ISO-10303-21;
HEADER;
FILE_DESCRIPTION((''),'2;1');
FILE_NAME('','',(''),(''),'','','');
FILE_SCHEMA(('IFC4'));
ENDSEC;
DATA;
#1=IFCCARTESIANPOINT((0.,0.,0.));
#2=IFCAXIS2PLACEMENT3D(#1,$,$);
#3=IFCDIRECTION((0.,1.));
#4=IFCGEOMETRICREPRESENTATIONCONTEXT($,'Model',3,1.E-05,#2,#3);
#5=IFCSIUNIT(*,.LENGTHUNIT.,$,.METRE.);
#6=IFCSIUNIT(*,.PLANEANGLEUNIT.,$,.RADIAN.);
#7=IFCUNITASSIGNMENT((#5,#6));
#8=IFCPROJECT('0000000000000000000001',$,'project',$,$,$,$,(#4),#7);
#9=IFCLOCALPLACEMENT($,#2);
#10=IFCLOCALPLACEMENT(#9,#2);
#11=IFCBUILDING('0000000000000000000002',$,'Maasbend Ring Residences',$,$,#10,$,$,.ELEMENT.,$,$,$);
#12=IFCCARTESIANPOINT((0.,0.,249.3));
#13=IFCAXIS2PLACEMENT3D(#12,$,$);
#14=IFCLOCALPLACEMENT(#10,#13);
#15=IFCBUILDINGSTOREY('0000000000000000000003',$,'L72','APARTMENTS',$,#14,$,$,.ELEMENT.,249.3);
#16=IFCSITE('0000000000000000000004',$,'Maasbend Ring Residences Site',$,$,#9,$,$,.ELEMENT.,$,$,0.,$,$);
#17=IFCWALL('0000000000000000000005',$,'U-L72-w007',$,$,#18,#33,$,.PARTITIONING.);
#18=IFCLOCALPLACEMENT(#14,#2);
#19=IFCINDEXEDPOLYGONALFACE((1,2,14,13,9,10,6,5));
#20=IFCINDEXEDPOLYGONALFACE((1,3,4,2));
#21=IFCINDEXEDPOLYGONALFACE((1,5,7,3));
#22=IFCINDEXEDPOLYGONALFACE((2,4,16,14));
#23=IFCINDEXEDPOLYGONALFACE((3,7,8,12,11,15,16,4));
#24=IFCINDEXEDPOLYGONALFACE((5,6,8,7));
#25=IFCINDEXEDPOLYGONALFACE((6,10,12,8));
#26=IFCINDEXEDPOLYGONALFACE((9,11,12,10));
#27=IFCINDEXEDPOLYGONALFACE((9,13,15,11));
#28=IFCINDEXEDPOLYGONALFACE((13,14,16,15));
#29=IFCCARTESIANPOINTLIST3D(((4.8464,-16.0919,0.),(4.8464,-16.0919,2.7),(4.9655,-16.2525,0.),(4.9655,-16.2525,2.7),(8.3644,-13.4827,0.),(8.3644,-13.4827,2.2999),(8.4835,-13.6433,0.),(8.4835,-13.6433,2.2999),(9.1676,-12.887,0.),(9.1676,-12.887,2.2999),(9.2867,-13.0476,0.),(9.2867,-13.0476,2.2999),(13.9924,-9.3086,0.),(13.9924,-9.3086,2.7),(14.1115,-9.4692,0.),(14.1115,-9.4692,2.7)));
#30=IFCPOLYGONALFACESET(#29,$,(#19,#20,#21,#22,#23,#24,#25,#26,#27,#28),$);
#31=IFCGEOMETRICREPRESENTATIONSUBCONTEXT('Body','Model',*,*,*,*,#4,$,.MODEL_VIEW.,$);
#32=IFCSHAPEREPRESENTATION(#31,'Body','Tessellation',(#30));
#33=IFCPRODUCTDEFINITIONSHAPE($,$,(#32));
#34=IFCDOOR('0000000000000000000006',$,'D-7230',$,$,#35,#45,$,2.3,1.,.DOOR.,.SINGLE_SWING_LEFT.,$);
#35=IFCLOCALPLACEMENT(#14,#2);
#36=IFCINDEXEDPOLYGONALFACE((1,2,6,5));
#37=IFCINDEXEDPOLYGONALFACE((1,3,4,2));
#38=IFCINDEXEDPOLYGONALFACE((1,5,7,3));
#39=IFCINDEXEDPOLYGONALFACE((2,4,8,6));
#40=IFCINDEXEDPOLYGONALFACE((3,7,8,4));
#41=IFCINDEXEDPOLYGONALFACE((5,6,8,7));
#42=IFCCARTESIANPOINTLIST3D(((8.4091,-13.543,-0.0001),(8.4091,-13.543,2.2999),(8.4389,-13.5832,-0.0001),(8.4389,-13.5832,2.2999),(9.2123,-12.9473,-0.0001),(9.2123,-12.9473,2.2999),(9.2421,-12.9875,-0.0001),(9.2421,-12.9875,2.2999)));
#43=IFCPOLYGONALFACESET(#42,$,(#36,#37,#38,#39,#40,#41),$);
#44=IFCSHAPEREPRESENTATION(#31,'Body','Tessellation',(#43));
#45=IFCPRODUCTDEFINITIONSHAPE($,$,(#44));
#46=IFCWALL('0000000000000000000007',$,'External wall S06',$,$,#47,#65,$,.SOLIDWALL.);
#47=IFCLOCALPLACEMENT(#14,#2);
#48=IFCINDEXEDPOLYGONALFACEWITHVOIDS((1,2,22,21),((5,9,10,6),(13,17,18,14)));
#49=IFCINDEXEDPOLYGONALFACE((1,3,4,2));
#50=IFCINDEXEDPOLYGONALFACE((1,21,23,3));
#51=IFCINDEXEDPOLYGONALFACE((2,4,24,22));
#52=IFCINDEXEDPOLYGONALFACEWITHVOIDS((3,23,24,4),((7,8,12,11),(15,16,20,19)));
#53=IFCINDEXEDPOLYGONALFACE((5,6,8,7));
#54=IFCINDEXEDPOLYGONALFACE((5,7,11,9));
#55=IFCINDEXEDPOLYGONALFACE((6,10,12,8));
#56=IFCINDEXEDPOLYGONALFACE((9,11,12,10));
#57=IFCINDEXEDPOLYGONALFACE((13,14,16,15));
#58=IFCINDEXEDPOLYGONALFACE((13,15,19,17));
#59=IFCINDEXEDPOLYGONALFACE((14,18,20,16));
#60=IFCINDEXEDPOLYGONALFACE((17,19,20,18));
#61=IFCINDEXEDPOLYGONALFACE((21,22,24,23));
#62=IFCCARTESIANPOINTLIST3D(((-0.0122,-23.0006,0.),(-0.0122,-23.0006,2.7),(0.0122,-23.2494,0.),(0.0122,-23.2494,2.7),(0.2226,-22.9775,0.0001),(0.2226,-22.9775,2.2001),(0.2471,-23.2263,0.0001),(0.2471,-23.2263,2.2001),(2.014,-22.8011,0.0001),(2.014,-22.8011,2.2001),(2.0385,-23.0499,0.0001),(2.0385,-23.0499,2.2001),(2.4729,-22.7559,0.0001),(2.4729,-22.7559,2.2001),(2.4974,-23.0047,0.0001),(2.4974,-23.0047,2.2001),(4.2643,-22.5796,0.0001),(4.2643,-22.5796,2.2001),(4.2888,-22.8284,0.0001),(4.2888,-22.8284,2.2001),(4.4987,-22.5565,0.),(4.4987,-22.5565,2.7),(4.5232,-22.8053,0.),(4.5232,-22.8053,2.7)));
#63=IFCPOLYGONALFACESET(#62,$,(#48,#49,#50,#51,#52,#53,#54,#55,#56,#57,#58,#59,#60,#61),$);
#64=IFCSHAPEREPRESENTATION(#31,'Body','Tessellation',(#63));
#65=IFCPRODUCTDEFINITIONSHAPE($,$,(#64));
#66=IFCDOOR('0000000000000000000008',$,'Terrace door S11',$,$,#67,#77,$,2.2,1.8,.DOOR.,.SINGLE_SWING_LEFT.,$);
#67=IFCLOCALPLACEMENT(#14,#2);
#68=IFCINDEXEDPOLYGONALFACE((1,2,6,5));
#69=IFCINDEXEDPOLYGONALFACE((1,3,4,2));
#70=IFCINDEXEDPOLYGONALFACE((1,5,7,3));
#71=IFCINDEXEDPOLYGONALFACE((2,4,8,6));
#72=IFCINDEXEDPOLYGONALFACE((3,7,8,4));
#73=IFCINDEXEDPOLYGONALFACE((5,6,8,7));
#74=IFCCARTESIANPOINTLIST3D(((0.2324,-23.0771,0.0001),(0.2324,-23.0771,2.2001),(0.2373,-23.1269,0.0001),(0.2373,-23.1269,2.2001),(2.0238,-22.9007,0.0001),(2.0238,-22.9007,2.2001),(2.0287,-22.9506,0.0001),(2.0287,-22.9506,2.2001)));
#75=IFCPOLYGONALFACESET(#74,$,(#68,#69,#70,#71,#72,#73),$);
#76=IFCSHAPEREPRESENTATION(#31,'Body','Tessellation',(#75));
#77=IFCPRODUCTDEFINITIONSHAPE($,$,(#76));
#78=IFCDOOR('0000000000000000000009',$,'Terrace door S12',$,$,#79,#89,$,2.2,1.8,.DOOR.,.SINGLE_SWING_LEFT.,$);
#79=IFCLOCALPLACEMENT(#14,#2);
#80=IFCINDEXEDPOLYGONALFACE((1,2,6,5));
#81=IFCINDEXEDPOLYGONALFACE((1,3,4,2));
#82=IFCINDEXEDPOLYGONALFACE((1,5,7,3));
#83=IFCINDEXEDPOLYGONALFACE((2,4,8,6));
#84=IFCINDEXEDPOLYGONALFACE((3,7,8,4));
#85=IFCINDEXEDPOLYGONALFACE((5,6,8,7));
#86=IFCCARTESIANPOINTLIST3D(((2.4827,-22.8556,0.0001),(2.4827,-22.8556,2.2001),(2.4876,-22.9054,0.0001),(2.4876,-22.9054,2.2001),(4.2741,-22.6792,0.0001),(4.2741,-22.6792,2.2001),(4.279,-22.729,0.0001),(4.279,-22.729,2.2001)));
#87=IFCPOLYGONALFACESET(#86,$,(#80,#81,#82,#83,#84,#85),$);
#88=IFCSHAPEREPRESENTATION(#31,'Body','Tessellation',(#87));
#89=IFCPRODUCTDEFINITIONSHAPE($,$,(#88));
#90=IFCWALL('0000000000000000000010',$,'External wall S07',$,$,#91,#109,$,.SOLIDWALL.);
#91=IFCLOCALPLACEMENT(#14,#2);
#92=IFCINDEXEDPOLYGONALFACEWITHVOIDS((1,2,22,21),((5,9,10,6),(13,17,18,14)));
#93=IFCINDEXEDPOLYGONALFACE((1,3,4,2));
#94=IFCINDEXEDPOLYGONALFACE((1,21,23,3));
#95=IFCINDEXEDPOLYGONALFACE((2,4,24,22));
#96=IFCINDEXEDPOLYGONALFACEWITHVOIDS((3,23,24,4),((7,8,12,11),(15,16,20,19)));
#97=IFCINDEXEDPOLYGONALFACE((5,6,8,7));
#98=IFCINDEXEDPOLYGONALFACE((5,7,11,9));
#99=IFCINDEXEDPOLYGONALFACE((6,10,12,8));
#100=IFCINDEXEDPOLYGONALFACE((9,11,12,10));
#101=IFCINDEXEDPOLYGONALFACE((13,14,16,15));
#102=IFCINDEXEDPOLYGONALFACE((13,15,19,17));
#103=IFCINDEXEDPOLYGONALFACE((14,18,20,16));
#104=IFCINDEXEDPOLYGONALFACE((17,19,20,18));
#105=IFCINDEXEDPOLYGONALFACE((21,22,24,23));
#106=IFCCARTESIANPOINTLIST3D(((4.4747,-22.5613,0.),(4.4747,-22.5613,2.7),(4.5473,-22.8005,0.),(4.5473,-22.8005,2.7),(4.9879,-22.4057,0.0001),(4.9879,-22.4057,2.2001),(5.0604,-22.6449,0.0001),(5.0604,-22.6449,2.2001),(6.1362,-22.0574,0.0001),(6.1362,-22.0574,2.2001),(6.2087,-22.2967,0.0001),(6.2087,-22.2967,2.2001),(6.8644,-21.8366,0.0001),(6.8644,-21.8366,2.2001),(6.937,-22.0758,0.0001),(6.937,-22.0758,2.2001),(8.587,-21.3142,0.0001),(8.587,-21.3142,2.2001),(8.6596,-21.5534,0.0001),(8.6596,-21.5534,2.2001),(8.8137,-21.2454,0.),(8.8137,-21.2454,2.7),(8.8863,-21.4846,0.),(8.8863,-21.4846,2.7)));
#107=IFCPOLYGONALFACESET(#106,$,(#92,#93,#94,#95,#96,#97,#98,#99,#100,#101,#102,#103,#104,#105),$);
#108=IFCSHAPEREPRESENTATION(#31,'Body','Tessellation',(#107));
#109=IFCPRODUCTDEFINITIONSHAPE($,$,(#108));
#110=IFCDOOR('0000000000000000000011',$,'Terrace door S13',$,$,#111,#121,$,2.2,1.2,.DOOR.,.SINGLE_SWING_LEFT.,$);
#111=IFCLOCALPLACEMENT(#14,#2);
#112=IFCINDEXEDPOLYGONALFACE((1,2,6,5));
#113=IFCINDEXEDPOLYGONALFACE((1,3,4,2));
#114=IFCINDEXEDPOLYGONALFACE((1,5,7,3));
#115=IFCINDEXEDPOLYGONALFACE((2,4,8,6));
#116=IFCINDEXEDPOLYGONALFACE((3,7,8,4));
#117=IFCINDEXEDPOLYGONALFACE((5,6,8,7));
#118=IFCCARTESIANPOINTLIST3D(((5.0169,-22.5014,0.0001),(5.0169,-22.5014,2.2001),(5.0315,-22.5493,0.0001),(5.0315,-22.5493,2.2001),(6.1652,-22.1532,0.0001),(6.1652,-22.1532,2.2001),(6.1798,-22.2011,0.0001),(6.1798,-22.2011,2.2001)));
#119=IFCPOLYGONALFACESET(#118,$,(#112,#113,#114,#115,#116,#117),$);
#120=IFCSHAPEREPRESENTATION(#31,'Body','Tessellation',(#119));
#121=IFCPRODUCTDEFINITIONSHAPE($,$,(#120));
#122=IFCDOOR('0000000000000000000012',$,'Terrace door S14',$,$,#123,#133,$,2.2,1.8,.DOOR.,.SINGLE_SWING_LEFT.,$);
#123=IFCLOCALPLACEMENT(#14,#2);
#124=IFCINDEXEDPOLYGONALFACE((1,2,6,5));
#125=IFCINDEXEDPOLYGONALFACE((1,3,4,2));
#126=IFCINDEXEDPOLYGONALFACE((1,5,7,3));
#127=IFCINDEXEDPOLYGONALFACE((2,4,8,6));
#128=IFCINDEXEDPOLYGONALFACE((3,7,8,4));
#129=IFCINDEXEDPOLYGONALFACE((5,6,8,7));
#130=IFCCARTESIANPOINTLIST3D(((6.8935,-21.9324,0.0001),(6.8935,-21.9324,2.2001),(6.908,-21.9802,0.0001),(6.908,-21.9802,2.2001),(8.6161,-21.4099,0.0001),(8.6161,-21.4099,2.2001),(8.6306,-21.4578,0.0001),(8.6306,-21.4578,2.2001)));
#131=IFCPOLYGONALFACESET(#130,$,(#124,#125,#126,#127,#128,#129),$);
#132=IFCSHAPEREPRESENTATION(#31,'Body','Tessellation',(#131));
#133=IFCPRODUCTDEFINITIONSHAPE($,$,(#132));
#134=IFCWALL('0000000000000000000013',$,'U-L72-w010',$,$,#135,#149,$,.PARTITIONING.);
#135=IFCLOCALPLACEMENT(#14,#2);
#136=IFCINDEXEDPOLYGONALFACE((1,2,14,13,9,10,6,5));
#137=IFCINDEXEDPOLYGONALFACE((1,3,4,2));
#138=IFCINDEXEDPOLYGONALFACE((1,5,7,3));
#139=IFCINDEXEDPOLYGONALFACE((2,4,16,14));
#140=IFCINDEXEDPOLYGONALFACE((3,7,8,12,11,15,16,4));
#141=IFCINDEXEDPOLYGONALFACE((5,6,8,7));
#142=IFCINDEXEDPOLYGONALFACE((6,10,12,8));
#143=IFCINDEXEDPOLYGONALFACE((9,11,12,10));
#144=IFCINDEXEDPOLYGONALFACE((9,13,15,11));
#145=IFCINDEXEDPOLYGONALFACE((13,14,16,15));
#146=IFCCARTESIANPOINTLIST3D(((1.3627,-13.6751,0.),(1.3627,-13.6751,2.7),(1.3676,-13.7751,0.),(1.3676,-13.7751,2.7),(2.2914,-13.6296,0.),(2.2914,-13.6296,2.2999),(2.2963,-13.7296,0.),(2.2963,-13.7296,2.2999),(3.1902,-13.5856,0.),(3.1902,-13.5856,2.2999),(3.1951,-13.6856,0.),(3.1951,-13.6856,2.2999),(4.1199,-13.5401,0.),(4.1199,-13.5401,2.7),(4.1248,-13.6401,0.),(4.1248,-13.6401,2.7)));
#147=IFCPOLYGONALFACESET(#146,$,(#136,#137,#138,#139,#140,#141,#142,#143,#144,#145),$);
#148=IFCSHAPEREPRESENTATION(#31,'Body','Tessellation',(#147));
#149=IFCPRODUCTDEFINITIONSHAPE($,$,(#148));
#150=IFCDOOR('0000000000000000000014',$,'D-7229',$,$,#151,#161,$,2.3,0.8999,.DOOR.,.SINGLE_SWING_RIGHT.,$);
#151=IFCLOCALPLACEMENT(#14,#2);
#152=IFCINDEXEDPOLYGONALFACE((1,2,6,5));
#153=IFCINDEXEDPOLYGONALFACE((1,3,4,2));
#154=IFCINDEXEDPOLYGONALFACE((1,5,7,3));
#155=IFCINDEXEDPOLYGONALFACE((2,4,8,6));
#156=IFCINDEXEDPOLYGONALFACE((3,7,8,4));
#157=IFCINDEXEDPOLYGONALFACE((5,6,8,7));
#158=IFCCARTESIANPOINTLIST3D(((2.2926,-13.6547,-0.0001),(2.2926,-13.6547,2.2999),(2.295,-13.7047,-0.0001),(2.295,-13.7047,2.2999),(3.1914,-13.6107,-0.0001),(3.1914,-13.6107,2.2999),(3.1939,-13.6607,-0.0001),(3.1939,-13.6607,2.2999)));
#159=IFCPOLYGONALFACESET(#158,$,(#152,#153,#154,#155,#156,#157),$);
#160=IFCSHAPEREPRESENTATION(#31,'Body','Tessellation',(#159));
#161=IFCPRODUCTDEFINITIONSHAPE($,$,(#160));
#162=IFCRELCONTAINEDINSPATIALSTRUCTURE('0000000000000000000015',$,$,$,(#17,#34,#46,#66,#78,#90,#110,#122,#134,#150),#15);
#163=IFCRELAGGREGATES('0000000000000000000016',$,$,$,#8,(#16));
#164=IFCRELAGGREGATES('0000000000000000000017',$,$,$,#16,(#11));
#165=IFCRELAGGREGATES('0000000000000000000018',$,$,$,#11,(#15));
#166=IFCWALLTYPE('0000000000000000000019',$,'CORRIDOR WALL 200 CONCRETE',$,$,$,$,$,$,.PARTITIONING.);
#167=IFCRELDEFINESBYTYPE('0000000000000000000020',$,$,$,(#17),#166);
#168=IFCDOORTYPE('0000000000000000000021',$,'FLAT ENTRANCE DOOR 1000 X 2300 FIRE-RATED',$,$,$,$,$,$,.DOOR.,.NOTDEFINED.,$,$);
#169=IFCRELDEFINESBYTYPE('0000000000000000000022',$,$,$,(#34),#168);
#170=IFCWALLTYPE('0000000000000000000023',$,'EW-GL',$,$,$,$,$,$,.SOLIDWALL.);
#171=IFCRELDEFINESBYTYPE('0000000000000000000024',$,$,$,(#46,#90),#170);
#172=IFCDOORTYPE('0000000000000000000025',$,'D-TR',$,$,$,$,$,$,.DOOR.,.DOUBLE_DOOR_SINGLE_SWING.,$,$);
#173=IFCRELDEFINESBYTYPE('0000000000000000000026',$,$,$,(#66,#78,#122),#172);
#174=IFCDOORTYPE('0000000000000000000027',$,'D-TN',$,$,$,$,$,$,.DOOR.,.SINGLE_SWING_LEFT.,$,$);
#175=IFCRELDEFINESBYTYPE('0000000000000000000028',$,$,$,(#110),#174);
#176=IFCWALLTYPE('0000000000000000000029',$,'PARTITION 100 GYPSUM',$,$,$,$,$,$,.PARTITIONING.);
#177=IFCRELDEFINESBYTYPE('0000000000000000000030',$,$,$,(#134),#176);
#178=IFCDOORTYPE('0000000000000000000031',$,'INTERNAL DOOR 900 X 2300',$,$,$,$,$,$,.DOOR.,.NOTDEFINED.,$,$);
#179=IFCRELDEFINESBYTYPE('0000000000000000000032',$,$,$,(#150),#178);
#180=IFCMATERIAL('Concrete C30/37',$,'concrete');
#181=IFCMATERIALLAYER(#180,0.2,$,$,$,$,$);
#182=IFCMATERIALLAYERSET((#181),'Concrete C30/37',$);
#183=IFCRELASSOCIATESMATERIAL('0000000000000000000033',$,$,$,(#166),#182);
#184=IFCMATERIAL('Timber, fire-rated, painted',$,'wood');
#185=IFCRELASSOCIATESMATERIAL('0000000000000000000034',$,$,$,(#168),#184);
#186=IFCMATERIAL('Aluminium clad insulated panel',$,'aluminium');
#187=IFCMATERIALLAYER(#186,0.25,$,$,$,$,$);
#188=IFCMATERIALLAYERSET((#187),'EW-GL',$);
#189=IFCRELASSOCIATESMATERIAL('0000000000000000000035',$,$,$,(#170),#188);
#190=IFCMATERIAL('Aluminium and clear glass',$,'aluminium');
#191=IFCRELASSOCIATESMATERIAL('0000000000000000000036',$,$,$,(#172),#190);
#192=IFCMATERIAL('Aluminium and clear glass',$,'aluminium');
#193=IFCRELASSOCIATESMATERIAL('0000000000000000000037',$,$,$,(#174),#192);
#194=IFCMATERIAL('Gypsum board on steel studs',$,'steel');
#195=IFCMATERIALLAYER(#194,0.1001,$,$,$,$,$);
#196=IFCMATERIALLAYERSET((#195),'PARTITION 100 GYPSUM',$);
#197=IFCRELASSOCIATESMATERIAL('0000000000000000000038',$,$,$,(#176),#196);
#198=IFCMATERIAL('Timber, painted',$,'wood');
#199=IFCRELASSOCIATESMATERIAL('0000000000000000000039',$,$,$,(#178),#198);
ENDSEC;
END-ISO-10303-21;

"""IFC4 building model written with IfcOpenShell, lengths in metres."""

from ifc_helpers import new_model, si_unit, direction, frame, frame_2d, origin, place, context, subcontext, project, spatial, rectangle, extrude, material, layer, layer_set, type_object, element, fill, save


model = new_model("IFC4")

# Units and contexts
model_context = context("Model", 3, precision=1e-05, world=origin(), true_north=direction((0.0, 1.0)))
body_context = subcontext(model_context, "Body", "Model", "MODEL_VIEW")
ifc_project = project(units=[si_unit("LENGTHUNIT", "METRE"), si_unit("PLANEANGLEUNIT", "RADIAN")], contexts=[model_context])

# Site, building, storey
site_placement = place(None, origin())
site = spatial("IfcSite", under=ifc_project, at=site_placement, Name="Maasbend Ring Residences Site", CompositionType="ELEMENT", RefElevation=0.0)
building_placement = place(site_placement, origin())
building = spatial("IfcBuilding", under=site, at=building_placement, Name="Maasbend Ring Residences", CompositionType="ELEMENT")
storey_placement = place(building_placement, frame((0.0, 0.0, 249.3)))
storey = spatial("IfcBuildingStorey", under=building, at=storey_placement, Name="L72", Description="APARTMENTS", CompositionType="ELEMENT", Elevation=249.3)

# Wall, opening, door
ifc_material_1 = material(Name="Concrete C30/37", Category="concrete")
ifc_layer_1 = layer(ifc_material_1, 0.2)
ifc_layer_set_1 = layer_set([ifc_layer_1], Name="Concrete C30/37")
wall_type_1 = type_object("IfcWallType", Name="CORRIDOR WALL 200 CONCRETE", PredefinedType="PARTITIONING", material=ifc_layer_set_1)
wall_1_placement = place(storey_placement, frame((4.906, -16.1721, 0.0), z_axis=(0.0, 0.0, 1.0), x_axis=(0.803205, 0.595703, 0.0)))
wall_1 = element("IfcWall", 1, at=wall_1_placement, inside=storey, type_object=wall_type_1, Name="U-L72-w007", PredefinedType="PARTITIONING", context=body_context, shape_type="SweptSolid", body=[
    extrude(rectangle(XDim=11.387, YDim=0.2, at=frame_2d((5.6934, 0.0))), origin(), (0.0, 0.0, 1.0), 2.7),
])
opening_1_placement = place(wall_1_placement, frame((4.3799, 0.0, 0.0)))
opening_1 = element("IfcOpeningElement", 2, at=opening_1_placement, cuts=wall_1, PredefinedType="OPENING", context=body_context, shape_type="SweptSolid", body=[
    extrude(rectangle(XDim=1.0, YDim=2.3, at=frame_2d((0.5, 1.1499))), frame((0.0, 0.1099, 0.0), z_axis=(0.0, -1.0, 0.0), x_axis=(1.0, 0.0, 0.0)), (0.0, 0.0, 1.0), 0.22),
])
ifc_material_2 = material(Name="Timber, fire-rated, painted", Category="wood")
door_type_1 = type_object("IfcDoorType", Name="FLAT ENTRANCE DOOR 1000 X 2300 FIRE-RATED", OperationType="NOTDEFINED", PredefinedType="DOOR", material=ifc_material_2)
door_1_placement = place(opening_1_placement, origin())
door_1 = element("IfcDoor", 3, at=door_1_placement, inside=storey, type_object=door_type_1, Name="D-7230", OperationType="SINGLE_SWING_LEFT", OverallHeight=2.3, OverallWidth=1.0, PredefinedType="DOOR", context=body_context, shape_type="SweptSolid", body=[
    extrude(rectangle(XDim=1.0, YDim=2.3, at=frame_2d((0.5, 1.1499))), frame((0.0, 0.0249, 0.0), z_axis=(0.0, -1.0, 0.0), x_axis=(1.0, 0.0, 0.0)), (0.0, 0.0, 1.0), 0.05),
])
fill(opening_1, door_1)

# Walls, openings, doors
ifc_material_3 = material(Name="Aluminium clad insulated panel", Category="aluminium")
ifc_layer_2 = layer(ifc_material_3, 0.25)
ifc_layer_set_2 = layer_set([ifc_layer_2], Name="EW-GL")
wall_type_2 = type_object("IfcWallType", Name="EW-GL", PredefinedType="SOLIDWALL", material=ifc_layer_set_2)
wall_2_placement = place(storey_placement, frame((0.0, -23.125, 0.0), z_axis=(0.0, 0.0, 1.0), x_axis=(0.995189, 0.097973, 0.0)))
wall_2 = element("IfcWall", 4, at=wall_2_placement, inside=storey, type_object=wall_type_2, Name="External wall S06", PredefinedType="SOLIDWALL", context=body_context, shape_type="SweptSolid", body=[
    extrude(rectangle(XDim=4.5327, YDim=0.25, at=frame_2d((2.2664, 0.0))), origin(), (0.0, 0.0, 1.0), 2.7),
])
opening_2_placement = place(wall_2_placement, frame((0.2361, 0.0, 0.0)))
opening_2 = element("IfcOpeningElement", 5, at=opening_2_placement, cuts=wall_2, PredefinedType="OPENING", context=body_context, shape_type="SweptSolid", body=[
    extrude(rectangle(XDim=1.8, YDim=2.2, at=frame_2d((0.8999, 1.1001))), frame((0.0, 0.135, 0.0), z_axis=(0.0, -1.0, 0.0), x_axis=(1.0, 0.0, 0.0)), (0.0, 0.0, 1.0), 0.27),
])
opening_3_placement = place(wall_2_placement, frame((2.4973, 0.0, 0.0)))
opening_3 = element("IfcOpeningElement", 6, at=opening_3_placement, cuts=wall_2, PredefinedType="OPENING", context=body_context, shape_type="SweptSolid", body=[
    extrude(rectangle(XDim=1.8, YDim=2.2, at=frame_2d((0.8999, 1.1001))), frame((0.0, 0.135, 0.0), z_axis=(0.0, -1.0, 0.0), x_axis=(1.0, 0.0, 0.0)), (0.0, 0.0, 1.0), 0.27),
])
ifc_material_4 = material(Name="Aluminium and clear glass", Category="aluminium")
door_type_2 = type_object("IfcDoorType", Name="D-TR", OperationType="DOUBLE_DOOR_SINGLE_SWING", PredefinedType="DOOR", material=ifc_material_4)
door_2_placement = place(opening_2_placement, origin())
door_2 = element("IfcDoor", 7, at=door_2_placement, inside=storey, type_object=door_type_2, Name="Terrace door S11", OperationType="SINGLE_SWING_LEFT", OverallHeight=2.2, OverallWidth=1.8, PredefinedType="DOOR", context=body_context, shape_type="SweptSolid", body=[
    extrude(rectangle(XDim=1.8, YDim=2.2, at=frame_2d((0.8999, 1.1001))), frame((0.0, 0.0249, 0.0), z_axis=(0.0, -1.0, 0.0), x_axis=(1.0, 0.0, 0.0)), (0.0, 0.0, 1.0), 0.05),
])
fill(opening_2, door_2)
door_3_placement = place(opening_3_placement, origin())
door_3 = element("IfcDoor", 8, at=door_3_placement, inside=storey, type_object=door_type_2, Name="Terrace door S12", OperationType="SINGLE_SWING_LEFT", OverallHeight=2.2, OverallWidth=1.8, PredefinedType="DOOR", context=body_context, shape_type="SweptSolid", body=[
    extrude(rectangle(XDim=1.8, YDim=2.2, at=frame_2d((0.8999, 1.1001))), frame((0.0, 0.0249, 0.0), z_axis=(0.0, -1.0, 0.0), x_axis=(1.0, 0.0, 0.0)), (0.0, 0.0, 1.0), 0.05),
])
fill(opening_3, door_3)
wall_3_placement = place(storey_placement, frame((4.511, -22.6809, 0.0), z_axis=(0.0, 0.0, 1.0), x_axis=(0.956961, 0.290217, 0.0)))
wall_3 = element("IfcWall", 9, at=wall_3_placement, inside=storey, type_object=wall_type_2, Name="External wall S07", PredefinedType="SOLIDWALL", context=body_context, shape_type="SweptSolid", body=[
    extrude(rectangle(XDim=4.5342, YDim=0.25, at=frame_2d((2.2671, 0.0))), origin(), (0.0, 0.0, 1.0), 2.7),
])
opening_4_placement = place(wall_3_placement, frame((0.5361, 0.0, 0.0)))
opening_4 = element("IfcOpeningElement", 10, at=opening_4_placement, cuts=wall_3, PredefinedType="OPENING", context=body_context, shape_type="SweptSolid", body=[
    extrude(rectangle(XDim=1.2, YDim=2.2, at=frame_2d((0.6001, 1.1001))), frame((0.0, 0.135, 0.0), z_axis=(0.0, -1.0, 0.0), x_axis=(1.0, 0.0, 0.0)), (0.0, 0.0, 1.0), 0.27),
])
opening_5_placement = place(wall_3_placement, frame((2.4973, 0.0, 0.0)))
opening_5 = element("IfcOpeningElement", 11, at=opening_5_placement, cuts=wall_3, PredefinedType="OPENING", context=body_context, shape_type="SweptSolid", body=[
    extrude(rectangle(XDim=1.8, YDim=2.2, at=frame_2d((0.8999, 1.1001))), frame((0.0, 0.135, 0.0), z_axis=(0.0, -1.0, 0.0), x_axis=(1.0, 0.0, 0.0)), (0.0, 0.0, 1.0), 0.27),
])
ifc_material_5 = material(Name="Aluminium and clear glass", Category="aluminium")
door_type_3 = type_object("IfcDoorType", Name="D-TN", OperationType="SINGLE_SWING_LEFT", PredefinedType="DOOR", material=ifc_material_5)
door_4_placement = place(opening_4_placement, origin())
door_4 = element("IfcDoor", 12, at=door_4_placement, inside=storey, type_object=door_type_3, Name="Terrace door S13", OperationType="SINGLE_SWING_LEFT", OverallHeight=2.2, OverallWidth=1.2, PredefinedType="DOOR", context=body_context, shape_type="SweptSolid", body=[
    extrude(rectangle(XDim=1.2, YDim=2.2, at=frame_2d((0.6001, 1.1001))), frame((0.0, 0.0249, 0.0), z_axis=(0.0, -1.0, 0.0), x_axis=(1.0, 0.0, 0.0)), (0.0, 0.0, 1.0), 0.05),
])
fill(opening_4, door_4)
door_5_placement = place(opening_5_placement, origin())
door_5 = element("IfcDoor", 13, at=door_5_placement, inside=storey, type_object=door_type_2, Name="Terrace door S14", OperationType="SINGLE_SWING_LEFT", OverallHeight=2.2, OverallWidth=1.8, PredefinedType="DOOR", context=body_context, shape_type="SweptSolid", body=[
    extrude(rectangle(XDim=1.8, YDim=2.2, at=frame_2d((0.8999, 1.1001))), frame((0.0, 0.0249, 0.0), z_axis=(0.0, -1.0, 0.0), x_axis=(1.0, 0.0, 0.0)), (0.0, 0.0, 1.0), 0.05),
])
fill(opening_5, door_5)

# Wall, opening, door
ifc_material_6 = material(Name="Gypsum board on steel studs", Category="steel")
ifc_layer_3 = layer(ifc_material_6, 0.1001)
ifc_layer_set_3 = layer_set([ifc_layer_3], Name="PARTITION 100 GYPSUM")
wall_type_3 = type_object("IfcWallType", Name="PARTITION 100 GYPSUM", PredefinedType="PARTITIONING", material=ifc_layer_set_3)
wall_4_placement = place(storey_placement, frame((1.365, -13.7251, 0.0), z_axis=(0.0, 0.0, 1.0), x_axis=(0.998803, 0.04891, 0.0)))
wall_4 = element("IfcWall", 14, at=wall_4_placement, inside=storey, type_object=wall_type_3, Name="U-L72-w010", PredefinedType="PARTITIONING", context=body_context, shape_type="SweptSolid", body=[
    extrude(rectangle(XDim=2.7605, YDim=0.1001, at=frame_2d((1.3804, 0.0))), origin(), (0.0, 0.0, 1.0), 2.7),
])
opening_6_placement = place(wall_4_placement, frame((0.9299, 0.0, 0.0)))
opening_6 = element("IfcOpeningElement", 15, at=opening_6_placement, cuts=wall_4, PredefinedType="OPENING", context=body_context, shape_type="SweptSolid", body=[
    extrude(rectangle(XDim=0.8999, YDim=2.3, at=frame_2d((0.45, 1.1499))), frame((0.0, 0.0601, 0.0), z_axis=(0.0, -1.0, 0.0), x_axis=(1.0, 0.0, 0.0)), (0.0, 0.0, 1.0), 0.1201),
])
ifc_material_7 = material(Name="Timber, painted", Category="wood")
door_type_4 = type_object("IfcDoorType", Name="INTERNAL DOOR 900 X 2300", OperationType="NOTDEFINED", PredefinedType="DOOR", material=ifc_material_7)
door_6_placement = place(opening_6_placement, origin())
door_6 = element("IfcDoor", 16, at=door_6_placement, inside=storey, type_object=door_type_4, Name="D-7229", OperationType="SINGLE_SWING_RIGHT", OverallHeight=2.3, OverallWidth=0.8999, PredefinedType="DOOR", context=body_context, shape_type="SweptSolid", body=[
    extrude(rectangle(XDim=0.8999, YDim=2.3, at=frame_2d((0.45, 1.1499))), frame((0.0, 0.0249, 0.0), z_axis=(0.0, -1.0, 0.0), x_axis=(1.0, 0.0, 0.0)), (0.0, 0.0, 1.0), 0.05),
])
fill(opening_6, door_6)

save(model, "model.ifc")
